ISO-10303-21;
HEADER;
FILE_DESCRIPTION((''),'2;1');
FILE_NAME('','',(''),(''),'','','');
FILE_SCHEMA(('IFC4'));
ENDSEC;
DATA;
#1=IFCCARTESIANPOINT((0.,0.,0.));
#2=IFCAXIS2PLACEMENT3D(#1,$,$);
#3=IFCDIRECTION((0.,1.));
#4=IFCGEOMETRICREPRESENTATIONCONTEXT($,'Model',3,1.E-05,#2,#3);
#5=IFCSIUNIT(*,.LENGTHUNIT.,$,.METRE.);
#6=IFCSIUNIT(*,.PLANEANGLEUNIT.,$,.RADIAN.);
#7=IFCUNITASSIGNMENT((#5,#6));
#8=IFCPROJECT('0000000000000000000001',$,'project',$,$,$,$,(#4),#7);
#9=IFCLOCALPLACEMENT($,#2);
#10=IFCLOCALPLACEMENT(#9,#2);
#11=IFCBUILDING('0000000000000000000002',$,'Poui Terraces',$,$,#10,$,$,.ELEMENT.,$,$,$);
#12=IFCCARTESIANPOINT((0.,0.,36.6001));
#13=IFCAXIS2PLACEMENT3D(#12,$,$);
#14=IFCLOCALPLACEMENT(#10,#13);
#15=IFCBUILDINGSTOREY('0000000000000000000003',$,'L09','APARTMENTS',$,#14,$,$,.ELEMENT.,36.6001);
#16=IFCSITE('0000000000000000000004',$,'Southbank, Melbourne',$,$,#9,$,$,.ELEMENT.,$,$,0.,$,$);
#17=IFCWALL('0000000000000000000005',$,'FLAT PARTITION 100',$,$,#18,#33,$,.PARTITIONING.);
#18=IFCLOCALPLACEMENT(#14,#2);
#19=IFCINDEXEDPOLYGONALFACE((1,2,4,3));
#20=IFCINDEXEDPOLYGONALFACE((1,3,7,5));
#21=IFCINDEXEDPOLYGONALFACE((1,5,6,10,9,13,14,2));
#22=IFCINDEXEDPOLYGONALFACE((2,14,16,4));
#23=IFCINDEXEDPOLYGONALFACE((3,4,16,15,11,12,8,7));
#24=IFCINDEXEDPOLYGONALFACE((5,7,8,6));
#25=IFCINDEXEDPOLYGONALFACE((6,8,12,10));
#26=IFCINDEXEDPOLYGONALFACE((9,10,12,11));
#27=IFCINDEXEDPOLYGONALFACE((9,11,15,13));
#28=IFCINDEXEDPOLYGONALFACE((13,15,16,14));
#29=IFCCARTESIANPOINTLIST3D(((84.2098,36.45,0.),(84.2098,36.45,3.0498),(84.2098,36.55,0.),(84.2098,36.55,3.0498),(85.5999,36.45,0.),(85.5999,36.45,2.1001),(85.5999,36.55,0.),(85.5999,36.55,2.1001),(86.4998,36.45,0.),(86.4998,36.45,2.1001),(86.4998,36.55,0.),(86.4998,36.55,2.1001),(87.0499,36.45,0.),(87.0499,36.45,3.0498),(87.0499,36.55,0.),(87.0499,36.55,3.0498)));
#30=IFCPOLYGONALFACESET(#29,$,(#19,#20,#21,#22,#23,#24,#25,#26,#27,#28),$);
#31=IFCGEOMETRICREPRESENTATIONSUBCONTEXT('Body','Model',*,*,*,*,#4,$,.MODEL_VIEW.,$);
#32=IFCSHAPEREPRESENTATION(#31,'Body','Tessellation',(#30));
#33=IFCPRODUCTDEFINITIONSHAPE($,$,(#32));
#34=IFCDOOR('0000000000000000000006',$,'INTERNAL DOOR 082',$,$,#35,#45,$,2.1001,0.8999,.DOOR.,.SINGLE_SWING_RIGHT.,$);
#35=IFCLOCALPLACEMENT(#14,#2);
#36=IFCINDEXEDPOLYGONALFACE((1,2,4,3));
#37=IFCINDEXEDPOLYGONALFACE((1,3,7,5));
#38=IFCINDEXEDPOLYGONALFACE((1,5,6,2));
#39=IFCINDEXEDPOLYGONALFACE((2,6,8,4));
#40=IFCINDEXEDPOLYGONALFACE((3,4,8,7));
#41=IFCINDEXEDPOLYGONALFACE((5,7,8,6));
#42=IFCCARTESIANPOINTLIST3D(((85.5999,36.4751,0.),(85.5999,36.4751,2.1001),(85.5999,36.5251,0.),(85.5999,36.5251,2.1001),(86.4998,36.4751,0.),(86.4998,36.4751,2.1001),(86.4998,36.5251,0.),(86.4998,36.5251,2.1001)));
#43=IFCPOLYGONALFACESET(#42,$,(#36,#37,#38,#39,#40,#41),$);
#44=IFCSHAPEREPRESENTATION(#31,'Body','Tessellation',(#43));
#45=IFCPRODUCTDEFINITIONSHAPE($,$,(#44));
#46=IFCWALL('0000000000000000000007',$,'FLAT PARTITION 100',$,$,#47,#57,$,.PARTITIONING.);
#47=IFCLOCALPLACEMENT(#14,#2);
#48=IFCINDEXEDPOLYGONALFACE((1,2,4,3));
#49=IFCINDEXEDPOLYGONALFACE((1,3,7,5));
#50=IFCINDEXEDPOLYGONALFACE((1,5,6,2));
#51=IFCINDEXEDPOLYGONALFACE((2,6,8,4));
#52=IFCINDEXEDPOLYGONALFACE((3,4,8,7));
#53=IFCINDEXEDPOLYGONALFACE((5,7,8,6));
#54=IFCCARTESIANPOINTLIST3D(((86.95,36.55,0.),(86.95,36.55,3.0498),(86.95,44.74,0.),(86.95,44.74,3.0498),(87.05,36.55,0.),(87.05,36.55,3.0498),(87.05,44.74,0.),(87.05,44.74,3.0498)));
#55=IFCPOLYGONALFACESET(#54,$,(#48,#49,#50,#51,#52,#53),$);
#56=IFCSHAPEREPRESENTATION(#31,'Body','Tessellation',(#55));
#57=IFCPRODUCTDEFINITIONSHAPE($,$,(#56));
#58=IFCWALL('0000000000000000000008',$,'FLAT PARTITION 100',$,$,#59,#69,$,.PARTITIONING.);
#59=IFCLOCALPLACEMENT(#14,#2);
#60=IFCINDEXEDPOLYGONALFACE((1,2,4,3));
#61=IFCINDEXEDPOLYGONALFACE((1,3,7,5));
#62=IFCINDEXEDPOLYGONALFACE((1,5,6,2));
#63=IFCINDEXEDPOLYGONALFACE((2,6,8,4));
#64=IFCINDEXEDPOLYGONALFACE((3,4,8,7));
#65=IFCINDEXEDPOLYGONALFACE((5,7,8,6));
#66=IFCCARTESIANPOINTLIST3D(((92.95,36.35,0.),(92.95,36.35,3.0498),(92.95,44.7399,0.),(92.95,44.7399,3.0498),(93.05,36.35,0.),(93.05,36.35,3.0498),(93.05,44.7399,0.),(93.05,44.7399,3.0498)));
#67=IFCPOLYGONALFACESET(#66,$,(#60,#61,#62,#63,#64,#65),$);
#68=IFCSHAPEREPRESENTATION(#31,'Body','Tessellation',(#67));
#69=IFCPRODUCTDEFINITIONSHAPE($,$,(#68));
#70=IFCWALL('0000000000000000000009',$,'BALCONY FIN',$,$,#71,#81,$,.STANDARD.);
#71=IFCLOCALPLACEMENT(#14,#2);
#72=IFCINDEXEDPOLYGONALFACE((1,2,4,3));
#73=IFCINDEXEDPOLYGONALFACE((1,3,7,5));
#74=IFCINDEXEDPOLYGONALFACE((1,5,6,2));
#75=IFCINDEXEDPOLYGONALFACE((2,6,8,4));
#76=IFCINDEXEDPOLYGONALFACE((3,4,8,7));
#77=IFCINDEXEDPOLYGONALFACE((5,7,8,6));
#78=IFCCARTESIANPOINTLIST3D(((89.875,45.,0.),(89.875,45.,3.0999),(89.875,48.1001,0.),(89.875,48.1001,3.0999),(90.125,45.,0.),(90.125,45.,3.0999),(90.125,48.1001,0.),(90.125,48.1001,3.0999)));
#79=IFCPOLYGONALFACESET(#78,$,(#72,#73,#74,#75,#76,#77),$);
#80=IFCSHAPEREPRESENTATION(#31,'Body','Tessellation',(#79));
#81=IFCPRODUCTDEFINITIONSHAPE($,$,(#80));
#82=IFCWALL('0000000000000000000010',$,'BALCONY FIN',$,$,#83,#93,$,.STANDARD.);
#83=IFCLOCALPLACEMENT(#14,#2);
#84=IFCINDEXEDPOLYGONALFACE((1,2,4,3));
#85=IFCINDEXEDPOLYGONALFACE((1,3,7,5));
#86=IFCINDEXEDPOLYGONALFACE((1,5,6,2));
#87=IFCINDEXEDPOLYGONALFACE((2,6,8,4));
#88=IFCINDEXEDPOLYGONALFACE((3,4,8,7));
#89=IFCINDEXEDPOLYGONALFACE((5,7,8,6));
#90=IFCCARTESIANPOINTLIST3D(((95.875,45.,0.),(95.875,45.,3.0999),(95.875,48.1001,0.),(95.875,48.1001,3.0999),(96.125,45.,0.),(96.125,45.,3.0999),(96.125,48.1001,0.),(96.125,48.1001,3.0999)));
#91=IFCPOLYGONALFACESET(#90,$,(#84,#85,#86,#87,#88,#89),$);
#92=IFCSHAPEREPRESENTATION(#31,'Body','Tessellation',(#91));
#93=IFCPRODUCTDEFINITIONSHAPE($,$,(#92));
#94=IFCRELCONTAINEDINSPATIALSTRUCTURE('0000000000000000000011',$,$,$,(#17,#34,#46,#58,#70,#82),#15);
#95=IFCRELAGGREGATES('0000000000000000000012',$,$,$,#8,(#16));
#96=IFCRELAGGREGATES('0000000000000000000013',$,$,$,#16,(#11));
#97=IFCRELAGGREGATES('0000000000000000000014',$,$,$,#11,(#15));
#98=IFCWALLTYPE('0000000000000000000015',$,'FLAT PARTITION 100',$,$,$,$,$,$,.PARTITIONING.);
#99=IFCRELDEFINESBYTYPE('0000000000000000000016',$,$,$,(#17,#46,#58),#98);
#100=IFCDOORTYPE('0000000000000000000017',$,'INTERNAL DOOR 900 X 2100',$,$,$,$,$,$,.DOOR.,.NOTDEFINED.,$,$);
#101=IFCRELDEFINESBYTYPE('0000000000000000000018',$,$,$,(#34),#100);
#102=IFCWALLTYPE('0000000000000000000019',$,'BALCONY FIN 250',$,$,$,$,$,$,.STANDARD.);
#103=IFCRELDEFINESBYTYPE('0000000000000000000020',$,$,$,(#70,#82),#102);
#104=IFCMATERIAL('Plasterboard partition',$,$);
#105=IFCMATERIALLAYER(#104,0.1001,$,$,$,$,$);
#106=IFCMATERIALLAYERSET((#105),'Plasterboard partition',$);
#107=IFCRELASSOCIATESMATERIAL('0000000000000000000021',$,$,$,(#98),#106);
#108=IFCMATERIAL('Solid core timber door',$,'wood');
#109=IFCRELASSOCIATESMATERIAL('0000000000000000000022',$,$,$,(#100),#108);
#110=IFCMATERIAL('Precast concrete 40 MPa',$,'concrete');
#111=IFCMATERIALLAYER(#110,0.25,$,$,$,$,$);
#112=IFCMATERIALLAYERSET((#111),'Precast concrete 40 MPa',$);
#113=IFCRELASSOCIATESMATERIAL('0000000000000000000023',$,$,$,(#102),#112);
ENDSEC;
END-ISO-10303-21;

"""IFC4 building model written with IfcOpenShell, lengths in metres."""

from ifc_helpers import new_model, si_unit, direction, frame, frame_2d, origin, place, context, subcontext, project, spatial, polyline, rectangle, outline, extrude, source, transform, mapped, material, layer, layer_set, type_object, element, fill, save


model = new_model("IFC4")

# Units and contexts
model_context = context("Model", 3, precision=1e-05, world=origin(), true_north=direction((0.0, 1.0)))
body_context = subcontext(model_context, "Body", "Model", "MODEL_VIEW")
ifc_project = project(units=[si_unit("LENGTHUNIT", "METRE"), si_unit("PLANEANGLEUNIT", "RADIAN")], contexts=[model_context])

# Site, building, storey
site_placement = place(None, origin())
site = spatial("IfcSite", under=ifc_project, at=site_placement, Name="Southbank, Melbourne", CompositionType="ELEMENT", RefElevation=0.0)
building_placement = place(site_placement, origin())
building = spatial("IfcBuilding", under=site, at=building_placement, Name="Poui Terraces", CompositionType="ELEMENT")
storey_placement = place(building_placement, frame((0.0, 0.0, 36.6001)))
storey = spatial("IfcBuildingStorey", under=building, at=storey_placement, Name="L09", Description="APARTMENTS", CompositionType="ELEMENT", Elevation=36.6001)

# Wall, opening, door
ifc_material_1 = material(Name="Plasterboard partition")
ifc_layer_1 = layer(ifc_material_1, 0.1001)
ifc_layer_set_1 = layer_set([ifc_layer_1], Name="Plasterboard partition")
wall_type_1 = type_object("IfcWallType", Name="FLAT PARTITION 100", PredefinedType="PARTITIONING", material=ifc_layer_set_1)
ifc_material_2 = material(Name="Solid core timber door", Category="wood")
door_type_1 = type_object("IfcDoorType", Name="INTERNAL DOOR 900 X 2100", OperationType="NOTDEFINED", PredefinedType="DOOR", material=ifc_material_2)
wall_1_placement = place(storey_placement, frame((84.21, 36.5, 0.0), z_axis=(0.0, 0.0, 1.0), x_axis=(1.0, 0.0, 0.0)))
wall_1 = element("IfcWall", 1, at=wall_1_placement, inside=storey, type_object=wall_type_1, Name="FLAT PARTITION 100", PredefinedType="PARTITIONING", context=body_context, shape_type="SweptSolid", body=[
    extrude(rectangle(XDim=2.8401, YDim=0.1001, at=frame_2d((1.4199, 0.0))), origin(), (0.0, 0.0, 1.0), 3.0498),
])
opening_1_placement = place(wall_1_placement, frame((1.3899, 0.0, 0.0)))
opening_1 = element("IfcOpeningElement", 2, at=opening_1_placement, cuts=wall_1, PredefinedType="OPENING", context=body_context, shape_type="SweptSolid", body=[
    extrude(rectangle(XDim=0.8999, YDim=2.1001, at=frame_2d((0.45, 1.05))), frame((0.0, 0.0601, 0.0), z_axis=(0.0, -1.0, 0.0), x_axis=(1.0, 0.0, 0.0)), (0.0, 0.0, 1.0), 0.1201),
])
door_1_placement = place(opening_1_placement, frame((0.8999, 0.0, 0.0), z_axis=(0.0, 0.0, 1.0), x_axis=(-1.0, 0.0, 0.0)))
door_1 = element("IfcDoor", 3, at=door_1_placement, inside=storey, type_object=door_type_1, Name="INTERNAL DOOR 082", OperationType="SINGLE_SWING_RIGHT", OverallHeight=2.1001, OverallWidth=0.8999, PredefinedType="DOOR", context=body_context, shape_type="SweptSolid", body=[
    extrude(rectangle(XDim=0.8999, YDim=2.1001, at=frame_2d((0.45, 1.05))), frame((0.0, 0.0249, 0.0), z_axis=(0.0, -1.0, 0.0), x_axis=(1.0, 0.0, 0.0)), (0.0, 0.0, 1.0), 0.05),
])
fill(opening_1, door_1)

# Walls
wall_2_placement = place(storey_placement, frame((87.0, 36.55, 0.0), z_axis=(0.0, 0.0, 1.0), x_axis=(0.0, 1.0, 0.0)))
element("IfcWall", 4, at=wall_2_placement, inside=storey, type_object=wall_type_1, Name="FLAT PARTITION 100", PredefinedType="PARTITIONING", context=body_context, shape_type="SweptSolid", body=[
    extrude(rectangle(XDim=8.1899, YDim=0.1001, at=frame_2d((4.095, 0.0))), origin(), (0.0, 0.0, 1.0), 3.0498),
])
wall_3_placement = place(storey_placement, frame((93.0, 36.3501, 0.0), z_axis=(0.0, 0.0, 1.0), x_axis=(0.0, 1.0, 0.0)))
element("IfcWall", 5, at=wall_3_placement, inside=storey, type_object=wall_type_1, Name="FLAT PARTITION 100", PredefinedType="PARTITIONING", context=body_context, shape_type="SweptSolid", body=[
    extrude(rectangle(XDim=8.3899, YDim=0.1001, at=frame_2d((4.1948, 0.0))), origin(), (0.0, 0.0, 1.0), 3.0498),
])
ifc_material_3 = material(Name="Precast concrete 40 MPa", Category="concrete")
ifc_layer_2 = layer(ifc_material_3, 0.25)
ifc_layer_set_2 = layer_set([ifc_layer_2], Name="Precast concrete 40 MPa")
wall_type_2 = type_object("IfcWallType", Name="BALCONY FIN 250", PredefinedType="STANDARD", material=ifc_layer_set_2)
shared_shape_1 = source(origin(), body_context, "Body", "SweptSolid", [
    extrude(outline(polyline([(0.0, 0.0), (0.25, 0.0), (0.25, 3.1001), (0.0, 3.1001), (0.0, 0.0)])), origin(), (0.0, 0.0, 1.0), 3.0999),
])
for number, where, name in (
    (6, (89.875, 45.0, 0.0), "BALCONY FIN"),
    (7, (95.875, 45.0, 0.0), "BALCONY FIN"),
):
    element("IfcWall", number, at=place(storey_placement, frame(where)), inside=storey, type_object=wall_type_2, Name=name, PredefinedType="STANDARD", context=body_context, shape_type="MappedRepresentation", body=[
        mapped(shared_shape_1, transform((0.0, 0.0, 0.0))),
    ])

save(model, "model.ifc")
